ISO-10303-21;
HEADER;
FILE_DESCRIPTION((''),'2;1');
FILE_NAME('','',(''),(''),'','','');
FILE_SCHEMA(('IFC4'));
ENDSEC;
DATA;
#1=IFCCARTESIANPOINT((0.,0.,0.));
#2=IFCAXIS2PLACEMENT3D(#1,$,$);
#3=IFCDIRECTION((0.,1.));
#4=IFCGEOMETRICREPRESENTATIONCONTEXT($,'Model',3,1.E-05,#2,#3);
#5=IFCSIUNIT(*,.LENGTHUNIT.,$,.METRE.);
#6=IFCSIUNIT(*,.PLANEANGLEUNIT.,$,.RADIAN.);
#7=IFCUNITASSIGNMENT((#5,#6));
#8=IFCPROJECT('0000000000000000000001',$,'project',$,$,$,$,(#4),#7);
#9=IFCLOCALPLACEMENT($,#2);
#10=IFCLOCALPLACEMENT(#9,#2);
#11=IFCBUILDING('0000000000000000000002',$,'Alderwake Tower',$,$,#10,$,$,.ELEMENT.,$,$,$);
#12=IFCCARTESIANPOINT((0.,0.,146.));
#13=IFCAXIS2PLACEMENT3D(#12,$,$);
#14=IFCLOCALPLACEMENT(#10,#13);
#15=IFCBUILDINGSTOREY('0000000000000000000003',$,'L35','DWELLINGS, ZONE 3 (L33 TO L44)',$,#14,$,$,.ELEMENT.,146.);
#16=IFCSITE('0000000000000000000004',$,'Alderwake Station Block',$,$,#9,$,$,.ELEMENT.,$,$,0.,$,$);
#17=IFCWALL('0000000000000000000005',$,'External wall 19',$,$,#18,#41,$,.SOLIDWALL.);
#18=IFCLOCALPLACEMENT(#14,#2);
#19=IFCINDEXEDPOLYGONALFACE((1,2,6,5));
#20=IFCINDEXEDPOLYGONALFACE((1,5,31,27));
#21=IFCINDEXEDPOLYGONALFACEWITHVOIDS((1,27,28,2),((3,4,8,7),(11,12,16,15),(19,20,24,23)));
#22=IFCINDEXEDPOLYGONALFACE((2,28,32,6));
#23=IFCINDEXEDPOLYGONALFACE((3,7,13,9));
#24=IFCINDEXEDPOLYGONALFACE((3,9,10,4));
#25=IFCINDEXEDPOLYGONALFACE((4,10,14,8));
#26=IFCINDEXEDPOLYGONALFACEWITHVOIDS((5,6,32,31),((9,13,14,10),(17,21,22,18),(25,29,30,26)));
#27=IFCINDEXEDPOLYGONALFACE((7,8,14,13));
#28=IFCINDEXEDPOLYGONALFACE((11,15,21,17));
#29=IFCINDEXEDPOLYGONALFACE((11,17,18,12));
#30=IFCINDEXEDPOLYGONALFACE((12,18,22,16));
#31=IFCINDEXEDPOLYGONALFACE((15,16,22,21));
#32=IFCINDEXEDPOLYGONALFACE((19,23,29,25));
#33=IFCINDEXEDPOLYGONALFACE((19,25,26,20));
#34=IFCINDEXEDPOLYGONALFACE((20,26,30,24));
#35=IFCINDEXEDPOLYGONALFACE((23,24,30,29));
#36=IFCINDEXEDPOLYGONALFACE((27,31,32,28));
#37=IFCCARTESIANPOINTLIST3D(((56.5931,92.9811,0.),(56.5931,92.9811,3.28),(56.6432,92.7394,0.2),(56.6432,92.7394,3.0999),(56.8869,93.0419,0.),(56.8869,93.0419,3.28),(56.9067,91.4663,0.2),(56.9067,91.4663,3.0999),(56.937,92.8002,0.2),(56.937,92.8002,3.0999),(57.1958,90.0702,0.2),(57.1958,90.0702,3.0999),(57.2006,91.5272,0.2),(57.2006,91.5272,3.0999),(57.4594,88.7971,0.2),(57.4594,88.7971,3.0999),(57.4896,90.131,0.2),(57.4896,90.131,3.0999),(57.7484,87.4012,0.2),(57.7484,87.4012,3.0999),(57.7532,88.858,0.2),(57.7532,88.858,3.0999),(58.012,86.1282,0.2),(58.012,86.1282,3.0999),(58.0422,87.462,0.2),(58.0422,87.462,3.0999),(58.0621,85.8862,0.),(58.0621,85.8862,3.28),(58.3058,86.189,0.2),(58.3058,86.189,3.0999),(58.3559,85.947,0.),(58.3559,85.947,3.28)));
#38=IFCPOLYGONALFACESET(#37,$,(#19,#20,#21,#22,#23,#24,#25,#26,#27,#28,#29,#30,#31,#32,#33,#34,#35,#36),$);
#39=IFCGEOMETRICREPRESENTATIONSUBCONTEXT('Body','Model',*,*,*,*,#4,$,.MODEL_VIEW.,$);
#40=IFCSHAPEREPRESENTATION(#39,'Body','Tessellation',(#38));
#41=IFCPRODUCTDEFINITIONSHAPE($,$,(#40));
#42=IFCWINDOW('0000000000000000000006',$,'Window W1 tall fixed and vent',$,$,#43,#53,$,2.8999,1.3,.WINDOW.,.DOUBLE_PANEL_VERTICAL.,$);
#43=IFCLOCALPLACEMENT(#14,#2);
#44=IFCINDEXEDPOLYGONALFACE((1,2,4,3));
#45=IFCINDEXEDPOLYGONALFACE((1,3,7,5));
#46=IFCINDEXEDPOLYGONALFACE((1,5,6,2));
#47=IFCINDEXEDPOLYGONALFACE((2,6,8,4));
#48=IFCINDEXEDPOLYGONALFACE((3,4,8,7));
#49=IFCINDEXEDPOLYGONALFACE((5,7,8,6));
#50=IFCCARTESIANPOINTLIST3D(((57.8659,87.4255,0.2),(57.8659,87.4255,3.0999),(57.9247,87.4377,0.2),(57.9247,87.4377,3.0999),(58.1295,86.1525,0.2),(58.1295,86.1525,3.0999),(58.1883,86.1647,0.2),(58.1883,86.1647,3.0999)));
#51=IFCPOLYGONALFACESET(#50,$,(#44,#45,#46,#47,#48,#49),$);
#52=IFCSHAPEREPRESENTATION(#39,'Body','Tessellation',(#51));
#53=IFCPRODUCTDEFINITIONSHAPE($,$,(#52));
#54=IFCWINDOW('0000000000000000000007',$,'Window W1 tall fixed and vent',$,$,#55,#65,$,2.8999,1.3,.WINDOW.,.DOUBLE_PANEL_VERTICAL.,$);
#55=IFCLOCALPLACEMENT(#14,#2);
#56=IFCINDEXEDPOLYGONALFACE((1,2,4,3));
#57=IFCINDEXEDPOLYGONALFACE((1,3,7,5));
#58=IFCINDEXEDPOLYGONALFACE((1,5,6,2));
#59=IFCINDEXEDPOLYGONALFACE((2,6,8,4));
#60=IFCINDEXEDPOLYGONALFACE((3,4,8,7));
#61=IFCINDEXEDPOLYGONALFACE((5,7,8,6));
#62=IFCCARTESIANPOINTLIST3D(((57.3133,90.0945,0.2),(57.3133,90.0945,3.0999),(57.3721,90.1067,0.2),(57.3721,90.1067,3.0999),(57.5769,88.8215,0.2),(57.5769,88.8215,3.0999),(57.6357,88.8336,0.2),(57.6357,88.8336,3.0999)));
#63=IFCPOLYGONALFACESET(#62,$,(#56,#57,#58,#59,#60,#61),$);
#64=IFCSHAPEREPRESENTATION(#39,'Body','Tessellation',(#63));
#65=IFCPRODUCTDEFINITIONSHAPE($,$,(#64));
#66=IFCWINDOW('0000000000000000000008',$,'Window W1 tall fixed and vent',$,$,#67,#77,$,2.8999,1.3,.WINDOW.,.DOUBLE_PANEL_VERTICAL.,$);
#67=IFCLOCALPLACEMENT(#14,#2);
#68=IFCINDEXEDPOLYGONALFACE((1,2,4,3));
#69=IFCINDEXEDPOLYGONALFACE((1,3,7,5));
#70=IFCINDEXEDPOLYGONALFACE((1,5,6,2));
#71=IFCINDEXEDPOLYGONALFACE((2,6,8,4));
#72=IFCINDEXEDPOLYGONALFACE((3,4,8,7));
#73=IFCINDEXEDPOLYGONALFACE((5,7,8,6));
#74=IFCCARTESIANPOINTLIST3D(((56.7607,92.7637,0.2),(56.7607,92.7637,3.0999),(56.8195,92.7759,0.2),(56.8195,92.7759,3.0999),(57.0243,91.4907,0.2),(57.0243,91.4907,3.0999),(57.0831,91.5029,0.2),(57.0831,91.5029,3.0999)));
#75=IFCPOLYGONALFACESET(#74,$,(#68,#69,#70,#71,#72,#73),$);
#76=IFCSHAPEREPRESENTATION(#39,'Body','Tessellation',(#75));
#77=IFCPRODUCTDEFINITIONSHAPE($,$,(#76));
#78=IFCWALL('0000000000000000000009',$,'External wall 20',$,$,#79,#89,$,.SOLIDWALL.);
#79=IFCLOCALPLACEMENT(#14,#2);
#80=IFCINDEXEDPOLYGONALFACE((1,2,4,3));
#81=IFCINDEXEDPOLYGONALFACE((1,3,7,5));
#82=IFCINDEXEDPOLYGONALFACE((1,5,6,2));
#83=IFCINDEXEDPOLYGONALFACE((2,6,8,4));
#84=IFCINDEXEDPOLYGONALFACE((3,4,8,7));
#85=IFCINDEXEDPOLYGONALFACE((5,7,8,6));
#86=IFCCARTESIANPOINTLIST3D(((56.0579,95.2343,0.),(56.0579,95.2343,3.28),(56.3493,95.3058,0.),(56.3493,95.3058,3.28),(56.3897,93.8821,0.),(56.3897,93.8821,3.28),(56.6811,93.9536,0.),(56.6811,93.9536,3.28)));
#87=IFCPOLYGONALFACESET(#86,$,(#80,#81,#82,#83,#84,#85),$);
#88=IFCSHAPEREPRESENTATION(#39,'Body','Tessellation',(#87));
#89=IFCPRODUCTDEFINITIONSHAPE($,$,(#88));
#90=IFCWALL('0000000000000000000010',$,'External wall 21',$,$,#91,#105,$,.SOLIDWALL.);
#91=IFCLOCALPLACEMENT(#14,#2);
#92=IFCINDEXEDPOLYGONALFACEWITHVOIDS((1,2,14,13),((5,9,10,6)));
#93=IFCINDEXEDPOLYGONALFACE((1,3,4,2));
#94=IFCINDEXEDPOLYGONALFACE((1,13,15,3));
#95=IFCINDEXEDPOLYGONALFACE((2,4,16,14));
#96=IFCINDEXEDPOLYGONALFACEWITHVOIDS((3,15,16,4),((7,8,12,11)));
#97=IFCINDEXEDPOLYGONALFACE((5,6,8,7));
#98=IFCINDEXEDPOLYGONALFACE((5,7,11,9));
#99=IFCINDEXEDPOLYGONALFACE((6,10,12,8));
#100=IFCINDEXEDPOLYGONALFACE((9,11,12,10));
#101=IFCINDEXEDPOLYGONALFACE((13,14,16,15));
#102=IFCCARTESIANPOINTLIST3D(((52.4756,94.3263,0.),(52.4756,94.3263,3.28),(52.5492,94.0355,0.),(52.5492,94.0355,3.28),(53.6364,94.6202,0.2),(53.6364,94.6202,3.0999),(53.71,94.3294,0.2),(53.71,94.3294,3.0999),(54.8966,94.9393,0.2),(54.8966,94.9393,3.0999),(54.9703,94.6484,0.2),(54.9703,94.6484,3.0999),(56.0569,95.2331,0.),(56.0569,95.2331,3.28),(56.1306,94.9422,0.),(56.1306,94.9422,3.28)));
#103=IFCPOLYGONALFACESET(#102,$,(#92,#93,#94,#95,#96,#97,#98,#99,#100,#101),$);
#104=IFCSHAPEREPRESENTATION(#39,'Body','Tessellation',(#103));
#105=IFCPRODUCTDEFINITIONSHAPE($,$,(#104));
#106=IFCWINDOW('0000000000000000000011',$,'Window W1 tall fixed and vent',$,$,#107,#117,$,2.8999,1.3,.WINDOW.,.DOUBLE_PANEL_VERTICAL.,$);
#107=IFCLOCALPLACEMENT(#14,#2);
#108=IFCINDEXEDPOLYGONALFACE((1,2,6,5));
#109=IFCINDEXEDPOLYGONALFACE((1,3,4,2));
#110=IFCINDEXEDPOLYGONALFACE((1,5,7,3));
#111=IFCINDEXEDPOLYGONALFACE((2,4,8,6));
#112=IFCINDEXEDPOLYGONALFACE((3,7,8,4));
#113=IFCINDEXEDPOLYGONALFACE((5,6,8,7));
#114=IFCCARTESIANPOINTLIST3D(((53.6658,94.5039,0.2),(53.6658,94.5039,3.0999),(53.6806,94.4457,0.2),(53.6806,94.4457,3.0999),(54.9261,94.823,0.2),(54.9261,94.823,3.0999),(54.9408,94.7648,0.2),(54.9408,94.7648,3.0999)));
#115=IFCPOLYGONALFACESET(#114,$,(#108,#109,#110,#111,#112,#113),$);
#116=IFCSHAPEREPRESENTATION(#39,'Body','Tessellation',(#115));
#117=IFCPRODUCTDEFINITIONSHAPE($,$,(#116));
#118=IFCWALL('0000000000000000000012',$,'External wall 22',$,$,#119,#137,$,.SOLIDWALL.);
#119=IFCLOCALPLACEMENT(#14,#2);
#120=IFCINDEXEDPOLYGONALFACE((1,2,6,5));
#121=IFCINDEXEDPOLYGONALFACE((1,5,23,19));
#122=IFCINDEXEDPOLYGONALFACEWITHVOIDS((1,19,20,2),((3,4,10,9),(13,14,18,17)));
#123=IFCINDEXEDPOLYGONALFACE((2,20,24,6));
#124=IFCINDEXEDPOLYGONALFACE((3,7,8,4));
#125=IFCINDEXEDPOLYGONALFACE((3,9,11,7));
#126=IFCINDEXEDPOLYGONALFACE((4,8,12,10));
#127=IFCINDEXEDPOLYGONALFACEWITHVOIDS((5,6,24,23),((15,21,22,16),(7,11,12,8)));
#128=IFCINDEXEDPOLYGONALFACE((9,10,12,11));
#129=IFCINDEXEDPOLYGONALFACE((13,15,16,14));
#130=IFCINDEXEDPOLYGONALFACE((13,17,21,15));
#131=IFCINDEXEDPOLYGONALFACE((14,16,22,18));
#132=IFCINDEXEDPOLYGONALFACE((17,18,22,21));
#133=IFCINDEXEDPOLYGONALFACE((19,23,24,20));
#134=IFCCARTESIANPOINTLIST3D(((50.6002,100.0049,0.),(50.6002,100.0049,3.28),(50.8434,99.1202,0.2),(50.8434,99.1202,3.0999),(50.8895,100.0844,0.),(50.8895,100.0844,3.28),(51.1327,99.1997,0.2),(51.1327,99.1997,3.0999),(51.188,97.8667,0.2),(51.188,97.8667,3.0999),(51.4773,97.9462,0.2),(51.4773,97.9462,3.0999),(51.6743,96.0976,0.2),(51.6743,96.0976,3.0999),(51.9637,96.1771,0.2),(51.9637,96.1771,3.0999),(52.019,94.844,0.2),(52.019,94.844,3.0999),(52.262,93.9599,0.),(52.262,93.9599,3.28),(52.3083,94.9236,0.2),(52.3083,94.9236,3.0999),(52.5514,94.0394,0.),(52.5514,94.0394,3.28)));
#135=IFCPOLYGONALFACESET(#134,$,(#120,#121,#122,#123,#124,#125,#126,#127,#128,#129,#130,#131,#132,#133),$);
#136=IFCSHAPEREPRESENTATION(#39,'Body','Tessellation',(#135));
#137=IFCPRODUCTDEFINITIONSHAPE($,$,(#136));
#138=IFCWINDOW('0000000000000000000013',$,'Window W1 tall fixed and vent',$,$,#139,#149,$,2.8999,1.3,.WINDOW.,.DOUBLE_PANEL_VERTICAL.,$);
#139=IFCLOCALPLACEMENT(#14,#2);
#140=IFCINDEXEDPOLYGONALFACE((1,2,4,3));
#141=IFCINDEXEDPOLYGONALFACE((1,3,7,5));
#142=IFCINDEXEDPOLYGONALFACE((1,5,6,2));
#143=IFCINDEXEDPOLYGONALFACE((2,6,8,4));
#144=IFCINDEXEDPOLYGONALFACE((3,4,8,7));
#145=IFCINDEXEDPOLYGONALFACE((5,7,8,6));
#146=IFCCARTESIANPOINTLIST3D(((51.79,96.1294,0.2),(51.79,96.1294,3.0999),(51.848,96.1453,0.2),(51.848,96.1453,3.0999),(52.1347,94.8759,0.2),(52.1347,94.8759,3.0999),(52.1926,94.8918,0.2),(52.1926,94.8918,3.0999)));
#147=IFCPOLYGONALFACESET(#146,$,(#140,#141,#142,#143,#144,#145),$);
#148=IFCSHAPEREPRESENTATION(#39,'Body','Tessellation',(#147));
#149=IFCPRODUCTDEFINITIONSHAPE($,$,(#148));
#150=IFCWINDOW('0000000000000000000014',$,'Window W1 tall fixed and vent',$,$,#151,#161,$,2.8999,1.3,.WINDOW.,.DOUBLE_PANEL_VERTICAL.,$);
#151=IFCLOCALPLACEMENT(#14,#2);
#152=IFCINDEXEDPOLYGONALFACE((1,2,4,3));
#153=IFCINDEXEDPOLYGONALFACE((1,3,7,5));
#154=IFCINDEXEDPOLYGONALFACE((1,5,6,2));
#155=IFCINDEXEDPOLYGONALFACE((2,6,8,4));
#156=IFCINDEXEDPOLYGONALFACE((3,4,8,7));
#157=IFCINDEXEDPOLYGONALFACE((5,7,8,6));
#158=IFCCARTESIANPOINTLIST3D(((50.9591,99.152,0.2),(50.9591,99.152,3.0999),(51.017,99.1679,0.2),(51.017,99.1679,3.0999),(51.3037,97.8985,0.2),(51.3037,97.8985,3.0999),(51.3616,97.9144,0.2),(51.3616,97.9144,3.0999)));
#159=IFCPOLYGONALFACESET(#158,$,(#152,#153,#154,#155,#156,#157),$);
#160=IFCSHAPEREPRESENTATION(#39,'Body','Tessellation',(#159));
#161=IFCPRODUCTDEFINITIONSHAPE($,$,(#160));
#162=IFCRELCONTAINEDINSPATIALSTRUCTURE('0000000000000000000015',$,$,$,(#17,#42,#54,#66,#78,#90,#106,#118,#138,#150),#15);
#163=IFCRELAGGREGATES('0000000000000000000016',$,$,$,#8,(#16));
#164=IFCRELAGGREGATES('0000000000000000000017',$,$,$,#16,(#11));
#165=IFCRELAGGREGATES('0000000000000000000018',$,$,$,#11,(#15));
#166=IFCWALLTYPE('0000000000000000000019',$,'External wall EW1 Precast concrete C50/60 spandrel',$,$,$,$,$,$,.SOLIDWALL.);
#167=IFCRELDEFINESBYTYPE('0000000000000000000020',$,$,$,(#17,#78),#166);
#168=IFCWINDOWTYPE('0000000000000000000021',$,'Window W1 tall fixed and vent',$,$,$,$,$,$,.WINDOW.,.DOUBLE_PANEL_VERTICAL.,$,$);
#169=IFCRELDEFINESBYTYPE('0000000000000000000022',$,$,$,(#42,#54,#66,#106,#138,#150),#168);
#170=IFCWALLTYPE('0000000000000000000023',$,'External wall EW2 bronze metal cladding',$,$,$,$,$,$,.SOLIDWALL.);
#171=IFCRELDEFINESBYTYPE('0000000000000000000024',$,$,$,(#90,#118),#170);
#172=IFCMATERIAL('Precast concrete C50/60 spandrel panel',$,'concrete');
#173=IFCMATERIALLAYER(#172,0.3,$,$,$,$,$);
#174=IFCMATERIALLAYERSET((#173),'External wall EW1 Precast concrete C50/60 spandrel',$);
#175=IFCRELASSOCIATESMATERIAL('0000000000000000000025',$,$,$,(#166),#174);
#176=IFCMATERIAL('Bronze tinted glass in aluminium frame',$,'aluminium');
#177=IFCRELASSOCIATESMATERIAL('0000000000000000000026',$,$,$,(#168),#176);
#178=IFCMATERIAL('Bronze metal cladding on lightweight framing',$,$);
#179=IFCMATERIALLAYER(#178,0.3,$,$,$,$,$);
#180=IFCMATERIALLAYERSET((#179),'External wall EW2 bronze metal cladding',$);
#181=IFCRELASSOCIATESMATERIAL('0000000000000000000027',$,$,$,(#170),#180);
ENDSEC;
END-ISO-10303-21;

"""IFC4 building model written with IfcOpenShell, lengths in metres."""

from ifc_helpers import new_model, si_unit, direction, frame, frame_2d, origin, place, context, subcontext, project, spatial, rectangle, extrude, material, layer, layer_set, type_object, element, fill, save


model = new_model("IFC4")

# Units and contexts
model_context = context("Model", 3, precision=1e-05, world=origin(), true_north=direction((0.0, 1.0)))
body_context = subcontext(model_context, "Body", "Model", "MODEL_VIEW")
ifc_project = project(units=[si_unit("LENGTHUNIT", "METRE"), si_unit("PLANEANGLEUNIT", "RADIAN")], contexts=[model_context])

# Site, building, storey
site_placement = place(None, origin())
site = spatial("IfcSite", under=ifc_project, at=site_placement, Name="Alderwake Station Block", CompositionType="ELEMENT", RefElevation=0.0)
building_placement = place(site_placement, origin())
building = spatial("IfcBuilding", under=site, at=building_placement, Name="Alderwake Tower", CompositionType="ELEMENT")
storey_placement = place(building_placement, frame((0.0, 0.0, 146.0)))
storey = spatial("IfcBuildingStorey", under=building, at=storey_placement, Name="L35", Description="DWELLINGS, ZONE 3 (L33 TO L44)", CompositionType="ELEMENT", Elevation=146.0)

# Wall, openings, windows
ifc_material_1 = material(Name="Precast concrete C50/60 spandrel panel", Category="concrete")
ifc_layer_1 = layer(ifc_material_1, 0.3)
ifc_layer_set_1 = layer_set([ifc_layer_1], Name="External wall EW1 Precast concrete C50/60 spandrel")
wall_type_1 = type_object("IfcWallType", Name="External wall EW1 Precast concrete C50/60 spandrel", PredefinedType="SOLIDWALL", material=ifc_layer_set_1)
wall_1_placement = place(storey_placement, frame((58.209, 85.9167, 0.0), z_axis=(0.0, 0.0, 1.0), x_axis=(-0.202747, 0.979231, 0.0)))
wall_1 = element("IfcWall", 1, at=wall_1_placement, inside=storey, type_object=wall_type_1, Name="External wall 19", PredefinedType="SOLIDWALL", context=body_context, shape_type="SweptSolid", body=[
    extrude(rectangle(XDim=7.2454, YDim=0.3, at=frame_2d((3.6226, 0.0))), origin(), (0.0, 0.0, 1.0), 3.28),
])
opening_1_placement = place(wall_1_placement, frame((0.2471, 0.0, 0.2)))
opening_1 = element("IfcOpeningElement", 2, at=opening_1_placement, cuts=wall_1, PredefinedType="OPENING", context=body_context, shape_type="SweptSolid", body=[
    extrude(rectangle(XDim=1.3, YDim=2.8999, at=frame_2d((0.6499, 1.45))), frame((0.0, 0.1599, 0.0), z_axis=(0.0, -1.0, 0.0), x_axis=(1.0, 0.0, 0.0)), (0.0, 0.0, 1.0), 0.3201),
])
opening_2_placement = place(wall_1_placement, frame((2.9727, 0.0, 0.2)))
opening_2 = element("IfcOpeningElement", 3, at=opening_2_placement, cuts=wall_1, PredefinedType="OPENING", context=body_context, shape_type="SweptSolid", body=[
    extrude(rectangle(XDim=1.3, YDim=2.8999, at=frame_2d((0.6499, 1.45))), frame((0.0, 0.1599, 0.0), z_axis=(0.0, -1.0, 0.0), x_axis=(1.0, 0.0, 0.0)), (0.0, 0.0, 1.0), 0.3201),
])
opening_3_placement = place(wall_1_placement, frame((5.6985, 0.0, 0.2)))
opening_3 = element("IfcOpeningElement", 4, at=opening_3_placement, cuts=wall_1, PredefinedType="OPENING", context=body_context, shape_type="SweptSolid", body=[
    extrude(rectangle(XDim=1.3, YDim=2.8999, at=frame_2d((0.6499, 1.45))), frame((0.0, 0.1599, 0.0), z_axis=(0.0, -1.0, 0.0), x_axis=(1.0, 0.0, 0.0)), (0.0, 0.0, 1.0), 0.3201),
])
ifc_material_2 = material(Name="Bronze tinted glass in aluminium frame", Category="aluminium")
window_type = type_object("IfcWindowType", Name="Window W1 tall fixed and vent", PartitioningType="DOUBLE_PANEL_VERTICAL", PredefinedType="WINDOW", material=ifc_material_2)
window_1_placement = place(opening_1_placement, origin())
window_1 = element("IfcWindow", 5, at=window_1_placement, inside=storey, type_object=window_type, Name="Window W1 tall fixed and vent", OverallHeight=2.8999, OverallWidth=1.3, PartitioningType="DOUBLE_PANEL_VERTICAL", PredefinedType="WINDOW", context=body_context, shape_type="SweptSolid", body=[
    extrude(rectangle(XDim=1.3, YDim=2.8999, at=frame_2d((0.6499, 1.45))), frame((0.0, 0.03, 0.0), z_axis=(0.0, -1.0, 0.0), x_axis=(1.0, 0.0, 0.0)), (0.0, 0.0, 1.0), 0.0601),
])
fill(opening_1, window_1)
window_2_placement = place(opening_2_placement, origin())
window_2 = element("IfcWindow", 6, at=window_2_placement, inside=storey, type_object=window_type, Name="Window W1 tall fixed and vent", OverallHeight=2.8999, OverallWidth=1.3, PartitioningType="DOUBLE_PANEL_VERTICAL", PredefinedType="WINDOW", context=body_context, shape_type="SweptSolid", body=[
    extrude(rectangle(XDim=1.3, YDim=2.8999, at=frame_2d((0.6499, 1.45))), frame((0.0, 0.03, 0.0), z_axis=(0.0, -1.0, 0.0), x_axis=(1.0, 0.0, 0.0)), (0.0, 0.0, 1.0), 0.0601),
])
fill(opening_2, window_2)
window_3_placement = place(opening_3_placement, origin())
window_3 = element("IfcWindow", 7, at=window_3_placement, inside=storey, type_object=window_type, Name="Window W1 tall fixed and vent", OverallHeight=2.8999, OverallWidth=1.3, PartitioningType="DOUBLE_PANEL_VERTICAL", PredefinedType="WINDOW", context=body_context, shape_type="SweptSolid", body=[
    extrude(rectangle(XDim=1.3, YDim=2.8999, at=frame_2d((0.6499, 1.45))), frame((0.0, 0.03, 0.0), z_axis=(0.0, -1.0, 0.0), x_axis=(1.0, 0.0, 0.0)), (0.0, 0.0, 1.0), 0.0601),
])
fill(opening_3, window_3)

# Wall
wall_2_placement = place(storey_placement, frame((56.5354, 93.9177, 0.0), z_axis=(0.0, 0.0, 1.0), x_axis=(-0.238284, 0.971196, 0.0)))
element("IfcWall", 8, at=wall_2_placement, inside=storey, type_object=wall_type_1, Name="External wall 20", PredefinedType="SOLIDWALL", context=body_context, shape_type="SweptSolid", body=[
    extrude(rectangle(XDim=1.3923, YDim=0.3, at=frame_2d((0.6963, 0.0))), origin(), (0.0, 0.0, 1.0), 3.28),
])

# Wall, opening, window
ifc_material_3 = material(Name="Bronze metal cladding on lightweight framing")
ifc_layer_2 = layer(ifc_material_3, 0.3)
ifc_layer_set_2 = layer_set([ifc_layer_2], Name="External wall EW2 bronze metal cladding")
wall_type_2 = type_object("IfcWallType", Name="External wall EW2 bronze metal cladding", PredefinedType="SOLIDWALL", material=ifc_layer_set_2)
wall_3_placement = place(storey_placement, frame((56.0938, 95.0876, 0.0), z_axis=(0.0, 0.0, 1.0), x_axis=(-0.969411, -0.245442, 0.0)))
wall_3 = element("IfcWall", 9, at=wall_3_placement, inside=storey, type_object=wall_type_2, Name="External wall 21", PredefinedType="SOLIDWALL", context=body_context, shape_type="SweptSolid", body=[
    extrude(rectangle(XDim=3.6943, YDim=0.3, at=frame_2d((1.8472, 0.0))), origin(), (0.0, 0.0, 1.0), 3.28),
])
opening_4_placement = place(wall_3_placement, frame((1.197, 0.0, 0.2)))
opening_4 = element("IfcOpeningElement", 10, at=opening_4_placement, cuts=wall_3, PredefinedType="OPENING", context=body_context, shape_type="SweptSolid", body=[
    extrude(rectangle(XDim=1.3, YDim=2.8999, at=frame_2d((0.6499, 1.45))), frame((0.0, 0.1599, 0.0), z_axis=(0.0, -1.0, 0.0), x_axis=(1.0, 0.0, 0.0)), (0.0, 0.0, 1.0), 0.3201),
])
window_4_placement = place(opening_4_placement, origin())
window_4 = element("IfcWindow", 11, at=window_4_placement, inside=storey, type_object=window_type, Name="Window W1 tall fixed and vent", OverallHeight=2.8999, OverallWidth=1.3, PartitioningType="DOUBLE_PANEL_VERTICAL", PredefinedType="WINDOW", context=body_context, shape_type="SweptSolid", body=[
    extrude(rectangle(XDim=1.3, YDim=2.8999, at=frame_2d((0.6499, 1.45))), frame((0.0, 0.03, 0.0), z_axis=(0.0, -1.0, 0.0), x_axis=(1.0, 0.0, 0.0)), (0.0, 0.0, 1.0), 0.0601),
])
fill(opening_4, window_4)

# Wall, openings, windows
wall_4_placement = place(storey_placement, frame((52.4067, 93.9995, 0.0), z_axis=(0.0, 0.0, 1.0), x_axis=(-0.265084, 0.964225, 0.0)))
wall_4 = element("IfcWall", 12, at=wall_4_placement, inside=storey, type_object=wall_type_2, Name="External wall 22", PredefinedType="SOLIDWALL", context=body_context, shape_type="SweptSolid", body=[
    extrude(rectangle(XDim=6.2693, YDim=0.3, at=frame_2d((3.1348, 0.0))), origin(), (0.0, 0.0, 1.0), 3.28),
])
opening_5_placement = place(wall_4_placement, frame((0.9172, 0.0, 0.2)))
opening_5 = element("IfcOpeningElement", 13, at=opening_5_placement, cuts=wall_4, PredefinedType="OPENING", context=body_context, shape_type="SweptSolid", body=[
    extrude(rectangle(XDim=1.3, YDim=2.8999, at=frame_2d((0.6499, 1.45))), frame((0.0, 0.1599, 0.0), z_axis=(0.0, -1.0, 0.0), x_axis=(1.0, 0.0, 0.0)), (0.0, 0.0, 1.0), 0.3201),
])
opening_6_placement = place(wall_4_placement, frame((4.052, 0.0, 0.2)))
opening_6 = element("IfcOpeningElement", 14, at=opening_6_placement, cuts=wall_4, PredefinedType="OPENING", context=body_context, shape_type="SweptSolid", body=[
    extrude(rectangle(XDim=1.3, YDim=2.8999, at=frame_2d((0.6499, 1.45))), frame((0.0, 0.1599, 0.0), z_axis=(0.0, -1.0, 0.0), x_axis=(1.0, 0.0, 0.0)), (0.0, 0.0, 1.0), 0.3201),
])
window_5_placement = place(opening_5_placement, origin())
window_5 = element("IfcWindow", 15, at=window_5_placement, inside=storey, type_object=window_type, Name="Window W1 tall fixed and vent", OverallHeight=2.8999, OverallWidth=1.3, PartitioningType="DOUBLE_PANEL_VERTICAL", PredefinedType="WINDOW", context=body_context, shape_type="SweptSolid", body=[
    extrude(rectangle(XDim=1.3, YDim=2.8999, at=frame_2d((0.6499, 1.45))), frame((0.0, 0.03, 0.0), z_axis=(0.0, -1.0, 0.0), x_axis=(1.0, 0.0, 0.0)), (0.0, 0.0, 1.0), 0.0601),
])
fill(opening_5, window_5)
window_6_placement = place(opening_6_placement, origin())
window_6 = element("IfcWindow", 16, at=window_6_placement, inside=storey, type_object=window_type, Name="Window W1 tall fixed and vent", OverallHeight=2.8999, OverallWidth=1.3, PartitioningType="DOUBLE_PANEL_VERTICAL", PredefinedType="WINDOW", context=body_context, shape_type="SweptSolid", body=[
    extrude(rectangle(XDim=1.3, YDim=2.8999, at=frame_2d((0.6499, 1.45))), frame((0.0, 0.03, 0.0), z_axis=(0.0, -1.0, 0.0), x_axis=(1.0, 0.0, 0.0)), (0.0, 0.0, 1.0), 0.0601),
])
fill(opening_6, window_6)

save(model, "model.ifc")
